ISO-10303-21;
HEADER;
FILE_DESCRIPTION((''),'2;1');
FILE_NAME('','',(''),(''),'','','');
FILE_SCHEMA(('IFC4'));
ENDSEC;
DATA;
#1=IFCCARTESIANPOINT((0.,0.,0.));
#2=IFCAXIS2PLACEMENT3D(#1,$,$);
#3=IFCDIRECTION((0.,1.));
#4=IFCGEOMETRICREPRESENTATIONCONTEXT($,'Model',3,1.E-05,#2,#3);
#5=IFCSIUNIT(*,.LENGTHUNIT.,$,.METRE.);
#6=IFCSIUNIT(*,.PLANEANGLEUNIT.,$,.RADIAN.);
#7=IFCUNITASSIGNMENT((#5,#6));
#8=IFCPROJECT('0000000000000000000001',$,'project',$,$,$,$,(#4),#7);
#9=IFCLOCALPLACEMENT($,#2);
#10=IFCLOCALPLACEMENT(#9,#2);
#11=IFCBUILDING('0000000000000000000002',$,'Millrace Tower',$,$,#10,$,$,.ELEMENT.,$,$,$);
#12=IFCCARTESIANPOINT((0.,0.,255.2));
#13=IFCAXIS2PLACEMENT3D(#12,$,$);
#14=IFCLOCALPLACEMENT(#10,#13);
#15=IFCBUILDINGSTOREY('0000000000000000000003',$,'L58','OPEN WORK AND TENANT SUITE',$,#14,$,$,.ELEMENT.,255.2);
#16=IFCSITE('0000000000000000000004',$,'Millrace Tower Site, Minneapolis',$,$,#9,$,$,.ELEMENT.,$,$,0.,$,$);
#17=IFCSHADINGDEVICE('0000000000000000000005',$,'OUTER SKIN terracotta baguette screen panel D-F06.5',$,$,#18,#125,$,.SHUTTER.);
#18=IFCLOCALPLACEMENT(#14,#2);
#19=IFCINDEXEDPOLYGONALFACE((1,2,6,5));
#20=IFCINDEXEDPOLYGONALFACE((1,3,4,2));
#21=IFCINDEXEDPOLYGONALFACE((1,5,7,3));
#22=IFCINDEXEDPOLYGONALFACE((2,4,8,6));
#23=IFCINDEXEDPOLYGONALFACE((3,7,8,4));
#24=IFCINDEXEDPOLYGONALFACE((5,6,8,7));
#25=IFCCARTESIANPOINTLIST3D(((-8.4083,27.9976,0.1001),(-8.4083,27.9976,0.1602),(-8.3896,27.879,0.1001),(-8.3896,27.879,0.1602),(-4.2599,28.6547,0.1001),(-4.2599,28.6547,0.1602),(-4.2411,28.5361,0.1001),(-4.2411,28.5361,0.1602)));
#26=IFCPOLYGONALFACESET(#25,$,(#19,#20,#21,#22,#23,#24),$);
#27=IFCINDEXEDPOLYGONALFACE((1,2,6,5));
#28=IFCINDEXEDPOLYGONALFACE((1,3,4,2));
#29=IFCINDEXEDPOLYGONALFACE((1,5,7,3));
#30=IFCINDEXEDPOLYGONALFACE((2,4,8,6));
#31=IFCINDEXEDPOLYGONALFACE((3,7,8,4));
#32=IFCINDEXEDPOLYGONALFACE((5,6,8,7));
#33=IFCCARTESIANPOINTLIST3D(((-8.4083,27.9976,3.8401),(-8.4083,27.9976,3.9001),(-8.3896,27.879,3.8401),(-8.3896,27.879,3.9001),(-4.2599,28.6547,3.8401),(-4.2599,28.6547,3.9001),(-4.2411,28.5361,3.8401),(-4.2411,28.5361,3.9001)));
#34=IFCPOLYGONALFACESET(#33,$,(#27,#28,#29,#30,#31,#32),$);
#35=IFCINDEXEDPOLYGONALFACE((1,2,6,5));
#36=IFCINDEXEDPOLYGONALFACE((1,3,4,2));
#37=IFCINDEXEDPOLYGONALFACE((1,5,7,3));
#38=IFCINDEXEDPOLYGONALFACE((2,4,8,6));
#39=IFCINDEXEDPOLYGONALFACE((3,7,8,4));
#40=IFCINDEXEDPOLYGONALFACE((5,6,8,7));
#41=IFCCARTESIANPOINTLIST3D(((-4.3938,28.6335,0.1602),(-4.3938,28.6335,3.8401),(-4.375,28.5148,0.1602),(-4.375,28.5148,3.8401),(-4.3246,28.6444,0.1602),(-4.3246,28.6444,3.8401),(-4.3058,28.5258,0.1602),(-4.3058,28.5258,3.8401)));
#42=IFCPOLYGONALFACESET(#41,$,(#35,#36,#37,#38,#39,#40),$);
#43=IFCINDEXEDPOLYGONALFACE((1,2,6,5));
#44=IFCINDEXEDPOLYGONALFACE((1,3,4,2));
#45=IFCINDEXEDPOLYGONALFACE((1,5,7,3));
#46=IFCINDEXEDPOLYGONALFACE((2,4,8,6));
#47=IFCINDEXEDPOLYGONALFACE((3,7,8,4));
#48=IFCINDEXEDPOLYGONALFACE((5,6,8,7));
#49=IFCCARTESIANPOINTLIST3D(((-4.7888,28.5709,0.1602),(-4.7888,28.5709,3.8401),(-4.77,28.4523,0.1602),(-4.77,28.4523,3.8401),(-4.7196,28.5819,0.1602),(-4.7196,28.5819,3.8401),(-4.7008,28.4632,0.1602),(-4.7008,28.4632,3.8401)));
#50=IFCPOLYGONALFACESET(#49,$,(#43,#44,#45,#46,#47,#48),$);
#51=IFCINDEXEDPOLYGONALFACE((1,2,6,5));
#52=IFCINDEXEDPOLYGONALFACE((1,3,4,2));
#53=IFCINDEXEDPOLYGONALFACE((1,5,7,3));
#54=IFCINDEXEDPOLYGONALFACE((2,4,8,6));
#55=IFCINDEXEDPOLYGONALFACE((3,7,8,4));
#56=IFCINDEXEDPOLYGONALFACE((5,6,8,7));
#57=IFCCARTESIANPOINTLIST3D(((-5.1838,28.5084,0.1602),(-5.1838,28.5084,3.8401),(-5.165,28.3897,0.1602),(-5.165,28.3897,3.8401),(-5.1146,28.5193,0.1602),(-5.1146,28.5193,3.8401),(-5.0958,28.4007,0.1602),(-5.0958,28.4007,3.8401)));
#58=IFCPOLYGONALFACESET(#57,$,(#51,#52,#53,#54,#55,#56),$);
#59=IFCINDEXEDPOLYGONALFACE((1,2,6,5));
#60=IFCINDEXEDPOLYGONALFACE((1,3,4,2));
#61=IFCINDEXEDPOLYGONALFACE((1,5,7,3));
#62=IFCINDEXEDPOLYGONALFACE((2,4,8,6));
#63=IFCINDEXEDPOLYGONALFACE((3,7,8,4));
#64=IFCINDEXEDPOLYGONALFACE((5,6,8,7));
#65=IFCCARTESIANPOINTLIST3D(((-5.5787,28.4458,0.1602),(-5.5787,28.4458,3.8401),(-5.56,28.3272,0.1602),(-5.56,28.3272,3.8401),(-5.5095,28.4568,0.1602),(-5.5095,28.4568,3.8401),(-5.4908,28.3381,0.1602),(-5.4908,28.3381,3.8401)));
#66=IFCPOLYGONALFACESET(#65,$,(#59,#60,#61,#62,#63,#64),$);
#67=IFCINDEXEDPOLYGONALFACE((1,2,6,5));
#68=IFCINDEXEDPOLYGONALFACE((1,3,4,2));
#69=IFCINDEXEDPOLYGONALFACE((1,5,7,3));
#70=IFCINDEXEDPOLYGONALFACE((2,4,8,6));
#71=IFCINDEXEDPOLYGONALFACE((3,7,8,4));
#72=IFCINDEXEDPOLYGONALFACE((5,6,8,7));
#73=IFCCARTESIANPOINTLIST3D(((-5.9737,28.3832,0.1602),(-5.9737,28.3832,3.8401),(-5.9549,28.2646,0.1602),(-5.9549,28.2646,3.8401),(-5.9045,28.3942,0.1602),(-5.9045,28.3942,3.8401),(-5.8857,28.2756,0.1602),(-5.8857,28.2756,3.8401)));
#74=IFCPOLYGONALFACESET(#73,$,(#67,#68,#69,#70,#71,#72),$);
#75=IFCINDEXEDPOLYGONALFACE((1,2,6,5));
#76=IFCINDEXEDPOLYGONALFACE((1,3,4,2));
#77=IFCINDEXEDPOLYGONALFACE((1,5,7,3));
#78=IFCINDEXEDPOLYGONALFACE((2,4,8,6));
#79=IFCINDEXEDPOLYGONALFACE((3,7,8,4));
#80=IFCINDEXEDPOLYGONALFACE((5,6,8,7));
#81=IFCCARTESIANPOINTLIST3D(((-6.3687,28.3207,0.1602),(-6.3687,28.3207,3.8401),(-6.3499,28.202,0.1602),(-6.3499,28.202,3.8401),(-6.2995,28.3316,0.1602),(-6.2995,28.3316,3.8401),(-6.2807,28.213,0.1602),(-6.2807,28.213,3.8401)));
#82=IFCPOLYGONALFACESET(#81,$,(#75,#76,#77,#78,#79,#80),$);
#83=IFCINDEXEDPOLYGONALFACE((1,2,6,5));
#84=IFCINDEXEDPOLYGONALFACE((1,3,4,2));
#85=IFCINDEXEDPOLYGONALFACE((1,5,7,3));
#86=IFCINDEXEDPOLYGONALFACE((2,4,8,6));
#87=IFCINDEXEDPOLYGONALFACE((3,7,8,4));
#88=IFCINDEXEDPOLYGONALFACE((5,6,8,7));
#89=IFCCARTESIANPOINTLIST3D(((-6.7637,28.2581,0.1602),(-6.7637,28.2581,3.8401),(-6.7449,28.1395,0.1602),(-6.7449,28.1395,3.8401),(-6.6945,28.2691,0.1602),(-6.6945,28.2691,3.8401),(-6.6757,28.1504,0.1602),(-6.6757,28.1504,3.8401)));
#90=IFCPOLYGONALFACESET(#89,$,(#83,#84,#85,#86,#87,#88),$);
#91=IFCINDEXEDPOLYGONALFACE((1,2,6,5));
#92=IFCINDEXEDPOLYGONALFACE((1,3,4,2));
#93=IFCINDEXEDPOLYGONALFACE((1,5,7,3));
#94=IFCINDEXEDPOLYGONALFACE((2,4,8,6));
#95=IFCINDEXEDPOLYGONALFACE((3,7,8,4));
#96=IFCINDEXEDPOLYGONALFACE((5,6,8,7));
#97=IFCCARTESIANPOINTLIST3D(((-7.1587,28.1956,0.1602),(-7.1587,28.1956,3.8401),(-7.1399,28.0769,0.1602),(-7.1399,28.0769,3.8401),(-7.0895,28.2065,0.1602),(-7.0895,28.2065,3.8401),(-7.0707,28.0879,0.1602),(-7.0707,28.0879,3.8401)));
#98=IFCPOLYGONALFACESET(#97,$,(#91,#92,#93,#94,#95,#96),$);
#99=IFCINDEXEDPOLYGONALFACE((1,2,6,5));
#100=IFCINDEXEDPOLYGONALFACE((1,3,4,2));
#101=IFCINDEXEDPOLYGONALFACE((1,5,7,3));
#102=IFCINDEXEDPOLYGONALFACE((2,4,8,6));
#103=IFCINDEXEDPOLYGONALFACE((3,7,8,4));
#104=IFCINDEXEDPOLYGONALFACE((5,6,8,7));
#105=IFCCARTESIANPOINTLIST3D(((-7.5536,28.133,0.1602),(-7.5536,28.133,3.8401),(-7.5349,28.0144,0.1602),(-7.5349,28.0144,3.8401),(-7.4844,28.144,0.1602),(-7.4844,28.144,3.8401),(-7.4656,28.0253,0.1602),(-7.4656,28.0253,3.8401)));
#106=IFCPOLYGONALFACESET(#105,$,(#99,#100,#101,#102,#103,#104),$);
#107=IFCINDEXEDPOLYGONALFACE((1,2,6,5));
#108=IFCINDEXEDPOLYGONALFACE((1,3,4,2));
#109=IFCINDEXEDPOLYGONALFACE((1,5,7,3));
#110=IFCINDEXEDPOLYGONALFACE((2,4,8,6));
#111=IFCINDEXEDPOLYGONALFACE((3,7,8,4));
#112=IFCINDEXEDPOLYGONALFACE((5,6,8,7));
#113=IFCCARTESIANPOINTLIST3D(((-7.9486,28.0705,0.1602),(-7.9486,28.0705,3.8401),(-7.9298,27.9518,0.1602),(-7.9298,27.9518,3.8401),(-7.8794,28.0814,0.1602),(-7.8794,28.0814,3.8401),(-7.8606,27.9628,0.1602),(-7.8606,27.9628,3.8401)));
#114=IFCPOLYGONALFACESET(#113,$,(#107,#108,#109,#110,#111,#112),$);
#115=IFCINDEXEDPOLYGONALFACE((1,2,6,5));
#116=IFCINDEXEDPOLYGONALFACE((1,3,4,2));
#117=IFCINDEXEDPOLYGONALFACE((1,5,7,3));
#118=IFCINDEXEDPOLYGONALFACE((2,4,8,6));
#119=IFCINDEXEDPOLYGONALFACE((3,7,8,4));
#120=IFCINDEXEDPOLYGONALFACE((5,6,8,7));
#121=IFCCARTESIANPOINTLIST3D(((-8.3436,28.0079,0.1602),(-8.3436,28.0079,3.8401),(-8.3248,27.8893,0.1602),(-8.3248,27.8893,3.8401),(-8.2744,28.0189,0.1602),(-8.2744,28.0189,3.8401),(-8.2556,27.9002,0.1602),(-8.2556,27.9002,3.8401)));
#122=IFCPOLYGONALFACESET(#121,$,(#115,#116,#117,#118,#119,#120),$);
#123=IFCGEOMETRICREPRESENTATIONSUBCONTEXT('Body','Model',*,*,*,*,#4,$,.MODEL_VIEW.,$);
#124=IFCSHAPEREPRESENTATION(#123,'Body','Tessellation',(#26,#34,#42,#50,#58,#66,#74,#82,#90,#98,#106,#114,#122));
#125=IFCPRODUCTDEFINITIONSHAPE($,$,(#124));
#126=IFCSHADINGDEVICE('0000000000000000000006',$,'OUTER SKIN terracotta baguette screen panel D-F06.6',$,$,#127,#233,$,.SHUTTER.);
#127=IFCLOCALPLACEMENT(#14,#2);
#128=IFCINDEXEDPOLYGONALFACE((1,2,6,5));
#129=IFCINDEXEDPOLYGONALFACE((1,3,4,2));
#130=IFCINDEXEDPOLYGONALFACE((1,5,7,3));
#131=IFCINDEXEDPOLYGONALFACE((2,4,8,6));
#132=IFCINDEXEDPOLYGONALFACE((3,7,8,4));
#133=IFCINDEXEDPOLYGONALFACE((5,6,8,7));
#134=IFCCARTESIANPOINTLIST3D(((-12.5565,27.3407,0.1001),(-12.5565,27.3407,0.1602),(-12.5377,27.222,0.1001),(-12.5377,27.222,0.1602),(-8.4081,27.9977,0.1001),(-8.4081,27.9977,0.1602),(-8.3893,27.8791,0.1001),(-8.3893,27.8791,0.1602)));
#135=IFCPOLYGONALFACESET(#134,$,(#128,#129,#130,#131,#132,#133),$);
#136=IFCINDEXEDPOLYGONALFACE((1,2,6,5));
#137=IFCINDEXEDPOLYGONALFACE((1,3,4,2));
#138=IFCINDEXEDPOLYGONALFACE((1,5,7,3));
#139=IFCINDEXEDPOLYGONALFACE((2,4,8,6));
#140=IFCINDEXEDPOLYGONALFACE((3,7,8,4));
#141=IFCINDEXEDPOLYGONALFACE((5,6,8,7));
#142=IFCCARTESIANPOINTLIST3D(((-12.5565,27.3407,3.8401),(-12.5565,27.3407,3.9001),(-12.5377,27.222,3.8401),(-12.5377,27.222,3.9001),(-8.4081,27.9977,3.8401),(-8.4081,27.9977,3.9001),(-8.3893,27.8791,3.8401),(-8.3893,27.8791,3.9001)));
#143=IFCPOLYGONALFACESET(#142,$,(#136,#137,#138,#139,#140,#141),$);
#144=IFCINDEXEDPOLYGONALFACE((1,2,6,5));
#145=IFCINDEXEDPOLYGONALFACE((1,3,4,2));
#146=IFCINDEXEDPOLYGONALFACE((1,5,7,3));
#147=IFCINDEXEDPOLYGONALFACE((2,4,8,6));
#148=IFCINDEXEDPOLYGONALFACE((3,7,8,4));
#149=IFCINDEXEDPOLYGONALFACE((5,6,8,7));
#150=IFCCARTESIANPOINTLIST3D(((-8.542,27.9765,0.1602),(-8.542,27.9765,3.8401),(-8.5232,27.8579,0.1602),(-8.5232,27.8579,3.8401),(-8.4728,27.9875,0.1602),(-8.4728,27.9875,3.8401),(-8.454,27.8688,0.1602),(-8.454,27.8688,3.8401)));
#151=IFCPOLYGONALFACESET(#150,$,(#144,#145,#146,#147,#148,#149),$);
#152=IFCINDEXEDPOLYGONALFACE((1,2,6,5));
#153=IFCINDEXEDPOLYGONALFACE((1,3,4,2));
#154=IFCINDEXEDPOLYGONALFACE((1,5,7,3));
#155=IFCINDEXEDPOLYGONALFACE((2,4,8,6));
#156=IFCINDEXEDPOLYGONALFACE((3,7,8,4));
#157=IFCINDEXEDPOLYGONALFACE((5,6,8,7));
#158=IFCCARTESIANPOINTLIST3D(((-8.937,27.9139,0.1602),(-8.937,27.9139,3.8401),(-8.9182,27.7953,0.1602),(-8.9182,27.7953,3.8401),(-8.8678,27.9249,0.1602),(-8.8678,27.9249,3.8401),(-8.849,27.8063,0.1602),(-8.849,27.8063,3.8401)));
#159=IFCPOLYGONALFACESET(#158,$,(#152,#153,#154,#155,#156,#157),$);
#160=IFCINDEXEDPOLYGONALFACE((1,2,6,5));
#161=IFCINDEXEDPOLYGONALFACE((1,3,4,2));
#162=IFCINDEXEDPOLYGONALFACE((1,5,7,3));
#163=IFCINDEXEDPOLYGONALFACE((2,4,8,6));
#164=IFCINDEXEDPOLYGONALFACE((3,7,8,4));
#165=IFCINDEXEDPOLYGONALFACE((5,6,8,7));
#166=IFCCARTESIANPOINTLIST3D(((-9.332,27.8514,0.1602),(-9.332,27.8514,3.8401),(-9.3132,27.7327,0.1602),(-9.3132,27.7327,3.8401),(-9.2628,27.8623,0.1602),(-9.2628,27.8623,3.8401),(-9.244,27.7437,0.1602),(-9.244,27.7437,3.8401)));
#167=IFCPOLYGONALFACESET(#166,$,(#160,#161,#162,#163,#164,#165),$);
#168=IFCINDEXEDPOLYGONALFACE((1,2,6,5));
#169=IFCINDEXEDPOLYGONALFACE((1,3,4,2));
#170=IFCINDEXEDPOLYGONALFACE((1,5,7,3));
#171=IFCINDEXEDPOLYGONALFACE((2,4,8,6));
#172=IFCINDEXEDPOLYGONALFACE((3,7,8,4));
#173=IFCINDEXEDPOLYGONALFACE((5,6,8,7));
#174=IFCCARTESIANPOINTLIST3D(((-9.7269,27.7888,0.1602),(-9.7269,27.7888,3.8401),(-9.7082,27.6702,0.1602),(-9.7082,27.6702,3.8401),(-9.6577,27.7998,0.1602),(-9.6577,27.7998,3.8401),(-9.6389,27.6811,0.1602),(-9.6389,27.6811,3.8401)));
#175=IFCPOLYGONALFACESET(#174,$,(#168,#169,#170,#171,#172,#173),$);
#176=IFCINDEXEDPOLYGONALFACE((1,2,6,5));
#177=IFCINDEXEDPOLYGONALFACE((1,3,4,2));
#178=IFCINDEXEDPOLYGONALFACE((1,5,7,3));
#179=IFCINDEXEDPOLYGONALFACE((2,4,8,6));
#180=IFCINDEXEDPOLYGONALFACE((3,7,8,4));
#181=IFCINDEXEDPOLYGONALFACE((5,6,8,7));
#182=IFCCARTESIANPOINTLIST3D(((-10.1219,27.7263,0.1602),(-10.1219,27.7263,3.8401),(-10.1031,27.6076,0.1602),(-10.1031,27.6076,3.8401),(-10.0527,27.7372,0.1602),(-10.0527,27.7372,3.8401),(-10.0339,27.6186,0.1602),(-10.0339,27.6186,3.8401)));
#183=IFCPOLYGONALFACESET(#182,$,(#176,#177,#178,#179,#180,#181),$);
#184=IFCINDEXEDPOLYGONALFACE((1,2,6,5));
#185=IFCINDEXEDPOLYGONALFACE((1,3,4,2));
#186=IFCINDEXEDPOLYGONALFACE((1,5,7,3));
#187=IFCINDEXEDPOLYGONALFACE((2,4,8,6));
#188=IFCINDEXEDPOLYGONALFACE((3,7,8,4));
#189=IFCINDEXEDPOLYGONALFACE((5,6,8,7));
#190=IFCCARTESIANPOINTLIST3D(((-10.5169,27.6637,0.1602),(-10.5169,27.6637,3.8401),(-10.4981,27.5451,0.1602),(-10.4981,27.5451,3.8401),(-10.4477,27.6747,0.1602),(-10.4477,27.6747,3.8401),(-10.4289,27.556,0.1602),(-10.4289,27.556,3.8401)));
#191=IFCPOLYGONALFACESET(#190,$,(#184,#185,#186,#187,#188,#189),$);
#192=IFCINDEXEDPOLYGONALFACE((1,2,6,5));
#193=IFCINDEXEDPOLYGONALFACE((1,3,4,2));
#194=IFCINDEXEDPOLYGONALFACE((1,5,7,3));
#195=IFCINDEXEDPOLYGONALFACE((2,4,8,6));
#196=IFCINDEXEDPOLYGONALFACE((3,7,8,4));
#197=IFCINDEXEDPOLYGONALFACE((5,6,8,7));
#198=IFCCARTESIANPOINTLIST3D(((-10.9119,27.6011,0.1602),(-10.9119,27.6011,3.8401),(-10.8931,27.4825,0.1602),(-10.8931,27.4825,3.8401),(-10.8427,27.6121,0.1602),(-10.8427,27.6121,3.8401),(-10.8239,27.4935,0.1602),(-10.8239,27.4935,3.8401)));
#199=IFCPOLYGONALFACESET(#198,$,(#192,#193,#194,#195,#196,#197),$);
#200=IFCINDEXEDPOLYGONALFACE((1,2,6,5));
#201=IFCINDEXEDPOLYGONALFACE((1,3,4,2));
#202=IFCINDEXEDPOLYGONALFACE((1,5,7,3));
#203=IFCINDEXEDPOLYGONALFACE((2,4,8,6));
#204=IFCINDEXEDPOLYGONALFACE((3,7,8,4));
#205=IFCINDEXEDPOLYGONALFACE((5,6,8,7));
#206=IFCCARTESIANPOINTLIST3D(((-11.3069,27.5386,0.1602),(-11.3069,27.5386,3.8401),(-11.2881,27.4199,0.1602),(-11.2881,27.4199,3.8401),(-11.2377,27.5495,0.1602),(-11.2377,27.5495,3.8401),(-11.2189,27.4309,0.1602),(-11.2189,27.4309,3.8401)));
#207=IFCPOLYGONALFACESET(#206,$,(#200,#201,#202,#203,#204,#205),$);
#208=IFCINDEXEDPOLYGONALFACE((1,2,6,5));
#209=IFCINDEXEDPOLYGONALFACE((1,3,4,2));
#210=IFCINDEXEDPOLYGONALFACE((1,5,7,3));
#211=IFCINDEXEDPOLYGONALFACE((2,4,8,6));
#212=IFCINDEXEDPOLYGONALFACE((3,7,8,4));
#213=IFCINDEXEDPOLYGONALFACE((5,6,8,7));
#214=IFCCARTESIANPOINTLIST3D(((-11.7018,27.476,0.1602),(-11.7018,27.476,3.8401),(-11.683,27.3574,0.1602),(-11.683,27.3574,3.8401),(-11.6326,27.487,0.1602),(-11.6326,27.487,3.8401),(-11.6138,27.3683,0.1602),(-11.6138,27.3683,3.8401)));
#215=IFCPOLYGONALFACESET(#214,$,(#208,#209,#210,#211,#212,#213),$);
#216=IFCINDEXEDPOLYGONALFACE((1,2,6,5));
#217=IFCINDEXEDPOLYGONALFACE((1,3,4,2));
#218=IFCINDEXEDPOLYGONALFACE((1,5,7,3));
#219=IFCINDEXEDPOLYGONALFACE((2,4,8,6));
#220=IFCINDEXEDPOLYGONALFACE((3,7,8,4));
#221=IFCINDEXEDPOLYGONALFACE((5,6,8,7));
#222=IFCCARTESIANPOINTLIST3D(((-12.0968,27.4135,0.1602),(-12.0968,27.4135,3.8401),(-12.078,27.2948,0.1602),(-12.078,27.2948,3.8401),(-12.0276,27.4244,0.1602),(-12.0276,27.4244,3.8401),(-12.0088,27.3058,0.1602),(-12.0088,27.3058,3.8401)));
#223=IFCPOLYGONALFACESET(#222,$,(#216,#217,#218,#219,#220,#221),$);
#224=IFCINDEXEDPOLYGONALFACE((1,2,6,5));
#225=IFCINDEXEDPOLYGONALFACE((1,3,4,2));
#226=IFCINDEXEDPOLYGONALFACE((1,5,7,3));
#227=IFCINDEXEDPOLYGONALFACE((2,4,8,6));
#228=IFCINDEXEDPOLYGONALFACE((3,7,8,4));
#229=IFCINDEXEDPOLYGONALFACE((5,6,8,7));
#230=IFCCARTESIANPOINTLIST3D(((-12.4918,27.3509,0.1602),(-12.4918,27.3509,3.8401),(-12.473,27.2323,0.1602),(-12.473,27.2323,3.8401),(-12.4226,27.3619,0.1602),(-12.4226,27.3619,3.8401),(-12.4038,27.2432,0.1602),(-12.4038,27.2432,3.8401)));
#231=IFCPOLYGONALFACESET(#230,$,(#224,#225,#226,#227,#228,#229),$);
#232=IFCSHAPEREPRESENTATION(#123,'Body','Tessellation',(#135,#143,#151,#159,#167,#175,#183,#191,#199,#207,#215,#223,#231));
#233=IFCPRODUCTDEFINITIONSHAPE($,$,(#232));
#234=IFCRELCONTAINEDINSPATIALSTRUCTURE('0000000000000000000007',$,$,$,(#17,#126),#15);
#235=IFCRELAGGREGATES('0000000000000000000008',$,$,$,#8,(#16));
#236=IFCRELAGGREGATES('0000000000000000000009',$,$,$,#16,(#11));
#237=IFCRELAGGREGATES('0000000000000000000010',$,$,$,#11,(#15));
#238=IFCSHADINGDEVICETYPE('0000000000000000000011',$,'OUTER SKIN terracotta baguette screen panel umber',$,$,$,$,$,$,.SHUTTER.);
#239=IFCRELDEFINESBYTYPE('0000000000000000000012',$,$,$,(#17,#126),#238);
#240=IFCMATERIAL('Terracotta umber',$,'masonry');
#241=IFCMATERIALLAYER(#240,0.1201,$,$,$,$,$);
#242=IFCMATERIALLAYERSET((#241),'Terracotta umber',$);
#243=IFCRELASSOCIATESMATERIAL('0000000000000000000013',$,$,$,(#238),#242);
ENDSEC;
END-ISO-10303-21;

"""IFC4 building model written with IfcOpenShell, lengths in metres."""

from ifc_helpers import new_model, entity, si_unit, direction, frame, frame_2d, origin, origin_2d, place, context, subcontext, project, spatial, rectangle, extrude, source, transform, mapped, material, layer, layer_set, type_object, element, save


model = new_model("IFC4")

# Units and contexts
model_context = context("Model", 3, precision=1e-05, world=origin(), true_north=direction((0.0, 1.0)))
body_context = subcontext(model_context, "Body", "Model", "MODEL_VIEW")
ifc_project = project(units=[si_unit("LENGTHUNIT", "METRE"), si_unit("PLANEANGLEUNIT", "RADIAN")], contexts=[model_context])

# Site, building, storey
site_placement = place(None, origin())
site = spatial("IfcSite", under=ifc_project, at=site_placement, Name="Millrace Tower Site, Minneapolis", CompositionType="ELEMENT", RefElevation=0.0)
building_placement = place(site_placement, origin())
building = spatial("IfcBuilding", under=site, at=building_placement, Name="Millrace Tower", CompositionType="ELEMENT")
storey_placement = place(building_placement, frame((0.0, 0.0, 255.2)))
storey = spatial("IfcBuildingStorey", under=building, at=storey_placement, Name="L58", Description="OPEN WORK AND TENANT SUITE", CompositionType="ELEMENT", Elevation=255.2)

# Shading devices
ifc_material_1 = material(Name="Terracotta umber", Category="masonry")
ifc_layer_1 = layer(ifc_material_1, 0.1201)
ifc_layer_set_1 = layer_set([ifc_layer_1], Name="Terracotta umber")
shading_device_type = type_object("IfcShadingDeviceType", Name="OUTER SKIN terracotta baguette screen panel umber", PredefinedType="SHUTTER", material=ifc_layer_set_1)
cartesian_point = entity("IfcCartesianPoint", [-2.1001, 0.0601])
shared_polyline = entity("IfcPolyline", [cartesian_point, entity("IfcCartesianPoint", [2.1001, 0.0601]), entity("IfcCartesianPoint", [2.1001, -0.0601]), entity("IfcCartesianPoint", [-2.1001, -0.0601]), cartesian_point])
shared_shape = source(origin(), body_context, "Body", "SweptSolid", [
    entity("IfcExtrudedAreaSolid", entity("IfcArbitraryClosedProfileDef", "AREA", None, shared_polyline), entity("IfcAxis2Placement3D", entity("IfcCartesianPoint", [0.0, 0.0, 0.0])), entity("IfcDirection", [0.0, 0.0, 1.0]), 0.0601),
    entity("IfcExtrudedAreaSolid", entity("IfcArbitraryClosedProfileDef", "AREA", None, shared_polyline), entity("IfcAxis2Placement3D", entity("IfcCartesianPoint", [0.0, 0.0, 3.74])), entity("IfcDirection", [0.0, 0.0, 1.0]), 0.0601),
    extrude(rectangle(XDim=0.0701, YDim=0.1201, at=frame_2d((-1.9995, 0.0))), frame((0.0, 0.0, 0.0601)), (0.0, 0.0, 1.0), 3.6799),
    extrude(rectangle(XDim=0.0701, YDim=0.1201, at=frame_2d((-1.5996, 0.0))), frame((0.0, 0.0, 0.0601)), (0.0, 0.0, 1.0), 3.6799),
    extrude(rectangle(XDim=0.0701, YDim=0.1201, at=frame_2d((-1.1997, 0.0))), frame((0.0, 0.0, 0.0601)), (0.0, 0.0, 1.0), 3.6799),
    extrude(rectangle(XDim=0.0701, YDim=0.1201, at=frame_2d((-0.7998, 0.0))), frame((0.0, 0.0, 0.0601)), (0.0, 0.0, 1.0), 3.6799),
    extrude(rectangle(XDim=0.0701, YDim=0.1201, at=frame_2d((-0.3999, 0.0))), frame((0.0, 0.0, 0.0601)), (0.0, 0.0, 1.0), 3.6799),
    extrude(rectangle(XDim=0.0701, YDim=0.1201, at=origin_2d()), frame((0.0, 0.0, 0.0601)), (0.0, 0.0, 1.0), 3.6799),
    extrude(rectangle(XDim=0.0701, YDim=0.1201, at=frame_2d((0.3999, 0.0))), frame((0.0, 0.0, 0.0601)), (0.0, 0.0, 1.0), 3.6799),
    extrude(rectangle(XDim=0.0701, YDim=0.1201, at=frame_2d((0.7998, 0.0))), frame((0.0, 0.0, 0.0601)), (0.0, 0.0, 1.0), 3.6799),
    extrude(rectangle(XDim=0.0701, YDim=0.1201, at=frame_2d((1.1997, 0.0))), frame((0.0, 0.0, 0.0601)), (0.0, 0.0, 1.0), 3.6799),
    extrude(rectangle(XDim=0.0701, YDim=0.1201, at=frame_2d((1.5996, 0.0))), frame((0.0, 0.0, 0.0601)), (0.0, 0.0, 1.0), 3.6799),
    extrude(rectangle(XDim=0.0701, YDim=0.1201, at=frame_2d((1.9995, 0.0))), frame((0.0, 0.0, 0.0601)), (0.0, 0.0, 1.0), 3.6799),
])
for number, where, z_axis, x_axis, name in (
    (1, (-6.3247, 28.2668, 0.1001), (0.0, 0.0, 1.0), (-0.987688, -0.156434, 0.0), "OUTER SKIN terracotta baguette screen panel D-F06.5"),
    (2, (-10.4729, 27.6099, 0.1001), (0.0, 0.0, 1.0), (-0.987688, -0.156434, 0.0), "OUTER SKIN terracotta baguette screen panel D-F06.6"),
):
    element("IfcShadingDevice", number, at=place(storey_placement, frame(where, z_axis=z_axis, x_axis=x_axis)), inside=storey, type_object=shading_device_type, Name=name, PredefinedType="SHUTTER", context=body_context, shape_type="MappedRepresentation", body=[
        mapped(shared_shape, transform((0.0, 0.0, 0.0), scale=1.0)),
    ])

save(model, "model.ifc")
